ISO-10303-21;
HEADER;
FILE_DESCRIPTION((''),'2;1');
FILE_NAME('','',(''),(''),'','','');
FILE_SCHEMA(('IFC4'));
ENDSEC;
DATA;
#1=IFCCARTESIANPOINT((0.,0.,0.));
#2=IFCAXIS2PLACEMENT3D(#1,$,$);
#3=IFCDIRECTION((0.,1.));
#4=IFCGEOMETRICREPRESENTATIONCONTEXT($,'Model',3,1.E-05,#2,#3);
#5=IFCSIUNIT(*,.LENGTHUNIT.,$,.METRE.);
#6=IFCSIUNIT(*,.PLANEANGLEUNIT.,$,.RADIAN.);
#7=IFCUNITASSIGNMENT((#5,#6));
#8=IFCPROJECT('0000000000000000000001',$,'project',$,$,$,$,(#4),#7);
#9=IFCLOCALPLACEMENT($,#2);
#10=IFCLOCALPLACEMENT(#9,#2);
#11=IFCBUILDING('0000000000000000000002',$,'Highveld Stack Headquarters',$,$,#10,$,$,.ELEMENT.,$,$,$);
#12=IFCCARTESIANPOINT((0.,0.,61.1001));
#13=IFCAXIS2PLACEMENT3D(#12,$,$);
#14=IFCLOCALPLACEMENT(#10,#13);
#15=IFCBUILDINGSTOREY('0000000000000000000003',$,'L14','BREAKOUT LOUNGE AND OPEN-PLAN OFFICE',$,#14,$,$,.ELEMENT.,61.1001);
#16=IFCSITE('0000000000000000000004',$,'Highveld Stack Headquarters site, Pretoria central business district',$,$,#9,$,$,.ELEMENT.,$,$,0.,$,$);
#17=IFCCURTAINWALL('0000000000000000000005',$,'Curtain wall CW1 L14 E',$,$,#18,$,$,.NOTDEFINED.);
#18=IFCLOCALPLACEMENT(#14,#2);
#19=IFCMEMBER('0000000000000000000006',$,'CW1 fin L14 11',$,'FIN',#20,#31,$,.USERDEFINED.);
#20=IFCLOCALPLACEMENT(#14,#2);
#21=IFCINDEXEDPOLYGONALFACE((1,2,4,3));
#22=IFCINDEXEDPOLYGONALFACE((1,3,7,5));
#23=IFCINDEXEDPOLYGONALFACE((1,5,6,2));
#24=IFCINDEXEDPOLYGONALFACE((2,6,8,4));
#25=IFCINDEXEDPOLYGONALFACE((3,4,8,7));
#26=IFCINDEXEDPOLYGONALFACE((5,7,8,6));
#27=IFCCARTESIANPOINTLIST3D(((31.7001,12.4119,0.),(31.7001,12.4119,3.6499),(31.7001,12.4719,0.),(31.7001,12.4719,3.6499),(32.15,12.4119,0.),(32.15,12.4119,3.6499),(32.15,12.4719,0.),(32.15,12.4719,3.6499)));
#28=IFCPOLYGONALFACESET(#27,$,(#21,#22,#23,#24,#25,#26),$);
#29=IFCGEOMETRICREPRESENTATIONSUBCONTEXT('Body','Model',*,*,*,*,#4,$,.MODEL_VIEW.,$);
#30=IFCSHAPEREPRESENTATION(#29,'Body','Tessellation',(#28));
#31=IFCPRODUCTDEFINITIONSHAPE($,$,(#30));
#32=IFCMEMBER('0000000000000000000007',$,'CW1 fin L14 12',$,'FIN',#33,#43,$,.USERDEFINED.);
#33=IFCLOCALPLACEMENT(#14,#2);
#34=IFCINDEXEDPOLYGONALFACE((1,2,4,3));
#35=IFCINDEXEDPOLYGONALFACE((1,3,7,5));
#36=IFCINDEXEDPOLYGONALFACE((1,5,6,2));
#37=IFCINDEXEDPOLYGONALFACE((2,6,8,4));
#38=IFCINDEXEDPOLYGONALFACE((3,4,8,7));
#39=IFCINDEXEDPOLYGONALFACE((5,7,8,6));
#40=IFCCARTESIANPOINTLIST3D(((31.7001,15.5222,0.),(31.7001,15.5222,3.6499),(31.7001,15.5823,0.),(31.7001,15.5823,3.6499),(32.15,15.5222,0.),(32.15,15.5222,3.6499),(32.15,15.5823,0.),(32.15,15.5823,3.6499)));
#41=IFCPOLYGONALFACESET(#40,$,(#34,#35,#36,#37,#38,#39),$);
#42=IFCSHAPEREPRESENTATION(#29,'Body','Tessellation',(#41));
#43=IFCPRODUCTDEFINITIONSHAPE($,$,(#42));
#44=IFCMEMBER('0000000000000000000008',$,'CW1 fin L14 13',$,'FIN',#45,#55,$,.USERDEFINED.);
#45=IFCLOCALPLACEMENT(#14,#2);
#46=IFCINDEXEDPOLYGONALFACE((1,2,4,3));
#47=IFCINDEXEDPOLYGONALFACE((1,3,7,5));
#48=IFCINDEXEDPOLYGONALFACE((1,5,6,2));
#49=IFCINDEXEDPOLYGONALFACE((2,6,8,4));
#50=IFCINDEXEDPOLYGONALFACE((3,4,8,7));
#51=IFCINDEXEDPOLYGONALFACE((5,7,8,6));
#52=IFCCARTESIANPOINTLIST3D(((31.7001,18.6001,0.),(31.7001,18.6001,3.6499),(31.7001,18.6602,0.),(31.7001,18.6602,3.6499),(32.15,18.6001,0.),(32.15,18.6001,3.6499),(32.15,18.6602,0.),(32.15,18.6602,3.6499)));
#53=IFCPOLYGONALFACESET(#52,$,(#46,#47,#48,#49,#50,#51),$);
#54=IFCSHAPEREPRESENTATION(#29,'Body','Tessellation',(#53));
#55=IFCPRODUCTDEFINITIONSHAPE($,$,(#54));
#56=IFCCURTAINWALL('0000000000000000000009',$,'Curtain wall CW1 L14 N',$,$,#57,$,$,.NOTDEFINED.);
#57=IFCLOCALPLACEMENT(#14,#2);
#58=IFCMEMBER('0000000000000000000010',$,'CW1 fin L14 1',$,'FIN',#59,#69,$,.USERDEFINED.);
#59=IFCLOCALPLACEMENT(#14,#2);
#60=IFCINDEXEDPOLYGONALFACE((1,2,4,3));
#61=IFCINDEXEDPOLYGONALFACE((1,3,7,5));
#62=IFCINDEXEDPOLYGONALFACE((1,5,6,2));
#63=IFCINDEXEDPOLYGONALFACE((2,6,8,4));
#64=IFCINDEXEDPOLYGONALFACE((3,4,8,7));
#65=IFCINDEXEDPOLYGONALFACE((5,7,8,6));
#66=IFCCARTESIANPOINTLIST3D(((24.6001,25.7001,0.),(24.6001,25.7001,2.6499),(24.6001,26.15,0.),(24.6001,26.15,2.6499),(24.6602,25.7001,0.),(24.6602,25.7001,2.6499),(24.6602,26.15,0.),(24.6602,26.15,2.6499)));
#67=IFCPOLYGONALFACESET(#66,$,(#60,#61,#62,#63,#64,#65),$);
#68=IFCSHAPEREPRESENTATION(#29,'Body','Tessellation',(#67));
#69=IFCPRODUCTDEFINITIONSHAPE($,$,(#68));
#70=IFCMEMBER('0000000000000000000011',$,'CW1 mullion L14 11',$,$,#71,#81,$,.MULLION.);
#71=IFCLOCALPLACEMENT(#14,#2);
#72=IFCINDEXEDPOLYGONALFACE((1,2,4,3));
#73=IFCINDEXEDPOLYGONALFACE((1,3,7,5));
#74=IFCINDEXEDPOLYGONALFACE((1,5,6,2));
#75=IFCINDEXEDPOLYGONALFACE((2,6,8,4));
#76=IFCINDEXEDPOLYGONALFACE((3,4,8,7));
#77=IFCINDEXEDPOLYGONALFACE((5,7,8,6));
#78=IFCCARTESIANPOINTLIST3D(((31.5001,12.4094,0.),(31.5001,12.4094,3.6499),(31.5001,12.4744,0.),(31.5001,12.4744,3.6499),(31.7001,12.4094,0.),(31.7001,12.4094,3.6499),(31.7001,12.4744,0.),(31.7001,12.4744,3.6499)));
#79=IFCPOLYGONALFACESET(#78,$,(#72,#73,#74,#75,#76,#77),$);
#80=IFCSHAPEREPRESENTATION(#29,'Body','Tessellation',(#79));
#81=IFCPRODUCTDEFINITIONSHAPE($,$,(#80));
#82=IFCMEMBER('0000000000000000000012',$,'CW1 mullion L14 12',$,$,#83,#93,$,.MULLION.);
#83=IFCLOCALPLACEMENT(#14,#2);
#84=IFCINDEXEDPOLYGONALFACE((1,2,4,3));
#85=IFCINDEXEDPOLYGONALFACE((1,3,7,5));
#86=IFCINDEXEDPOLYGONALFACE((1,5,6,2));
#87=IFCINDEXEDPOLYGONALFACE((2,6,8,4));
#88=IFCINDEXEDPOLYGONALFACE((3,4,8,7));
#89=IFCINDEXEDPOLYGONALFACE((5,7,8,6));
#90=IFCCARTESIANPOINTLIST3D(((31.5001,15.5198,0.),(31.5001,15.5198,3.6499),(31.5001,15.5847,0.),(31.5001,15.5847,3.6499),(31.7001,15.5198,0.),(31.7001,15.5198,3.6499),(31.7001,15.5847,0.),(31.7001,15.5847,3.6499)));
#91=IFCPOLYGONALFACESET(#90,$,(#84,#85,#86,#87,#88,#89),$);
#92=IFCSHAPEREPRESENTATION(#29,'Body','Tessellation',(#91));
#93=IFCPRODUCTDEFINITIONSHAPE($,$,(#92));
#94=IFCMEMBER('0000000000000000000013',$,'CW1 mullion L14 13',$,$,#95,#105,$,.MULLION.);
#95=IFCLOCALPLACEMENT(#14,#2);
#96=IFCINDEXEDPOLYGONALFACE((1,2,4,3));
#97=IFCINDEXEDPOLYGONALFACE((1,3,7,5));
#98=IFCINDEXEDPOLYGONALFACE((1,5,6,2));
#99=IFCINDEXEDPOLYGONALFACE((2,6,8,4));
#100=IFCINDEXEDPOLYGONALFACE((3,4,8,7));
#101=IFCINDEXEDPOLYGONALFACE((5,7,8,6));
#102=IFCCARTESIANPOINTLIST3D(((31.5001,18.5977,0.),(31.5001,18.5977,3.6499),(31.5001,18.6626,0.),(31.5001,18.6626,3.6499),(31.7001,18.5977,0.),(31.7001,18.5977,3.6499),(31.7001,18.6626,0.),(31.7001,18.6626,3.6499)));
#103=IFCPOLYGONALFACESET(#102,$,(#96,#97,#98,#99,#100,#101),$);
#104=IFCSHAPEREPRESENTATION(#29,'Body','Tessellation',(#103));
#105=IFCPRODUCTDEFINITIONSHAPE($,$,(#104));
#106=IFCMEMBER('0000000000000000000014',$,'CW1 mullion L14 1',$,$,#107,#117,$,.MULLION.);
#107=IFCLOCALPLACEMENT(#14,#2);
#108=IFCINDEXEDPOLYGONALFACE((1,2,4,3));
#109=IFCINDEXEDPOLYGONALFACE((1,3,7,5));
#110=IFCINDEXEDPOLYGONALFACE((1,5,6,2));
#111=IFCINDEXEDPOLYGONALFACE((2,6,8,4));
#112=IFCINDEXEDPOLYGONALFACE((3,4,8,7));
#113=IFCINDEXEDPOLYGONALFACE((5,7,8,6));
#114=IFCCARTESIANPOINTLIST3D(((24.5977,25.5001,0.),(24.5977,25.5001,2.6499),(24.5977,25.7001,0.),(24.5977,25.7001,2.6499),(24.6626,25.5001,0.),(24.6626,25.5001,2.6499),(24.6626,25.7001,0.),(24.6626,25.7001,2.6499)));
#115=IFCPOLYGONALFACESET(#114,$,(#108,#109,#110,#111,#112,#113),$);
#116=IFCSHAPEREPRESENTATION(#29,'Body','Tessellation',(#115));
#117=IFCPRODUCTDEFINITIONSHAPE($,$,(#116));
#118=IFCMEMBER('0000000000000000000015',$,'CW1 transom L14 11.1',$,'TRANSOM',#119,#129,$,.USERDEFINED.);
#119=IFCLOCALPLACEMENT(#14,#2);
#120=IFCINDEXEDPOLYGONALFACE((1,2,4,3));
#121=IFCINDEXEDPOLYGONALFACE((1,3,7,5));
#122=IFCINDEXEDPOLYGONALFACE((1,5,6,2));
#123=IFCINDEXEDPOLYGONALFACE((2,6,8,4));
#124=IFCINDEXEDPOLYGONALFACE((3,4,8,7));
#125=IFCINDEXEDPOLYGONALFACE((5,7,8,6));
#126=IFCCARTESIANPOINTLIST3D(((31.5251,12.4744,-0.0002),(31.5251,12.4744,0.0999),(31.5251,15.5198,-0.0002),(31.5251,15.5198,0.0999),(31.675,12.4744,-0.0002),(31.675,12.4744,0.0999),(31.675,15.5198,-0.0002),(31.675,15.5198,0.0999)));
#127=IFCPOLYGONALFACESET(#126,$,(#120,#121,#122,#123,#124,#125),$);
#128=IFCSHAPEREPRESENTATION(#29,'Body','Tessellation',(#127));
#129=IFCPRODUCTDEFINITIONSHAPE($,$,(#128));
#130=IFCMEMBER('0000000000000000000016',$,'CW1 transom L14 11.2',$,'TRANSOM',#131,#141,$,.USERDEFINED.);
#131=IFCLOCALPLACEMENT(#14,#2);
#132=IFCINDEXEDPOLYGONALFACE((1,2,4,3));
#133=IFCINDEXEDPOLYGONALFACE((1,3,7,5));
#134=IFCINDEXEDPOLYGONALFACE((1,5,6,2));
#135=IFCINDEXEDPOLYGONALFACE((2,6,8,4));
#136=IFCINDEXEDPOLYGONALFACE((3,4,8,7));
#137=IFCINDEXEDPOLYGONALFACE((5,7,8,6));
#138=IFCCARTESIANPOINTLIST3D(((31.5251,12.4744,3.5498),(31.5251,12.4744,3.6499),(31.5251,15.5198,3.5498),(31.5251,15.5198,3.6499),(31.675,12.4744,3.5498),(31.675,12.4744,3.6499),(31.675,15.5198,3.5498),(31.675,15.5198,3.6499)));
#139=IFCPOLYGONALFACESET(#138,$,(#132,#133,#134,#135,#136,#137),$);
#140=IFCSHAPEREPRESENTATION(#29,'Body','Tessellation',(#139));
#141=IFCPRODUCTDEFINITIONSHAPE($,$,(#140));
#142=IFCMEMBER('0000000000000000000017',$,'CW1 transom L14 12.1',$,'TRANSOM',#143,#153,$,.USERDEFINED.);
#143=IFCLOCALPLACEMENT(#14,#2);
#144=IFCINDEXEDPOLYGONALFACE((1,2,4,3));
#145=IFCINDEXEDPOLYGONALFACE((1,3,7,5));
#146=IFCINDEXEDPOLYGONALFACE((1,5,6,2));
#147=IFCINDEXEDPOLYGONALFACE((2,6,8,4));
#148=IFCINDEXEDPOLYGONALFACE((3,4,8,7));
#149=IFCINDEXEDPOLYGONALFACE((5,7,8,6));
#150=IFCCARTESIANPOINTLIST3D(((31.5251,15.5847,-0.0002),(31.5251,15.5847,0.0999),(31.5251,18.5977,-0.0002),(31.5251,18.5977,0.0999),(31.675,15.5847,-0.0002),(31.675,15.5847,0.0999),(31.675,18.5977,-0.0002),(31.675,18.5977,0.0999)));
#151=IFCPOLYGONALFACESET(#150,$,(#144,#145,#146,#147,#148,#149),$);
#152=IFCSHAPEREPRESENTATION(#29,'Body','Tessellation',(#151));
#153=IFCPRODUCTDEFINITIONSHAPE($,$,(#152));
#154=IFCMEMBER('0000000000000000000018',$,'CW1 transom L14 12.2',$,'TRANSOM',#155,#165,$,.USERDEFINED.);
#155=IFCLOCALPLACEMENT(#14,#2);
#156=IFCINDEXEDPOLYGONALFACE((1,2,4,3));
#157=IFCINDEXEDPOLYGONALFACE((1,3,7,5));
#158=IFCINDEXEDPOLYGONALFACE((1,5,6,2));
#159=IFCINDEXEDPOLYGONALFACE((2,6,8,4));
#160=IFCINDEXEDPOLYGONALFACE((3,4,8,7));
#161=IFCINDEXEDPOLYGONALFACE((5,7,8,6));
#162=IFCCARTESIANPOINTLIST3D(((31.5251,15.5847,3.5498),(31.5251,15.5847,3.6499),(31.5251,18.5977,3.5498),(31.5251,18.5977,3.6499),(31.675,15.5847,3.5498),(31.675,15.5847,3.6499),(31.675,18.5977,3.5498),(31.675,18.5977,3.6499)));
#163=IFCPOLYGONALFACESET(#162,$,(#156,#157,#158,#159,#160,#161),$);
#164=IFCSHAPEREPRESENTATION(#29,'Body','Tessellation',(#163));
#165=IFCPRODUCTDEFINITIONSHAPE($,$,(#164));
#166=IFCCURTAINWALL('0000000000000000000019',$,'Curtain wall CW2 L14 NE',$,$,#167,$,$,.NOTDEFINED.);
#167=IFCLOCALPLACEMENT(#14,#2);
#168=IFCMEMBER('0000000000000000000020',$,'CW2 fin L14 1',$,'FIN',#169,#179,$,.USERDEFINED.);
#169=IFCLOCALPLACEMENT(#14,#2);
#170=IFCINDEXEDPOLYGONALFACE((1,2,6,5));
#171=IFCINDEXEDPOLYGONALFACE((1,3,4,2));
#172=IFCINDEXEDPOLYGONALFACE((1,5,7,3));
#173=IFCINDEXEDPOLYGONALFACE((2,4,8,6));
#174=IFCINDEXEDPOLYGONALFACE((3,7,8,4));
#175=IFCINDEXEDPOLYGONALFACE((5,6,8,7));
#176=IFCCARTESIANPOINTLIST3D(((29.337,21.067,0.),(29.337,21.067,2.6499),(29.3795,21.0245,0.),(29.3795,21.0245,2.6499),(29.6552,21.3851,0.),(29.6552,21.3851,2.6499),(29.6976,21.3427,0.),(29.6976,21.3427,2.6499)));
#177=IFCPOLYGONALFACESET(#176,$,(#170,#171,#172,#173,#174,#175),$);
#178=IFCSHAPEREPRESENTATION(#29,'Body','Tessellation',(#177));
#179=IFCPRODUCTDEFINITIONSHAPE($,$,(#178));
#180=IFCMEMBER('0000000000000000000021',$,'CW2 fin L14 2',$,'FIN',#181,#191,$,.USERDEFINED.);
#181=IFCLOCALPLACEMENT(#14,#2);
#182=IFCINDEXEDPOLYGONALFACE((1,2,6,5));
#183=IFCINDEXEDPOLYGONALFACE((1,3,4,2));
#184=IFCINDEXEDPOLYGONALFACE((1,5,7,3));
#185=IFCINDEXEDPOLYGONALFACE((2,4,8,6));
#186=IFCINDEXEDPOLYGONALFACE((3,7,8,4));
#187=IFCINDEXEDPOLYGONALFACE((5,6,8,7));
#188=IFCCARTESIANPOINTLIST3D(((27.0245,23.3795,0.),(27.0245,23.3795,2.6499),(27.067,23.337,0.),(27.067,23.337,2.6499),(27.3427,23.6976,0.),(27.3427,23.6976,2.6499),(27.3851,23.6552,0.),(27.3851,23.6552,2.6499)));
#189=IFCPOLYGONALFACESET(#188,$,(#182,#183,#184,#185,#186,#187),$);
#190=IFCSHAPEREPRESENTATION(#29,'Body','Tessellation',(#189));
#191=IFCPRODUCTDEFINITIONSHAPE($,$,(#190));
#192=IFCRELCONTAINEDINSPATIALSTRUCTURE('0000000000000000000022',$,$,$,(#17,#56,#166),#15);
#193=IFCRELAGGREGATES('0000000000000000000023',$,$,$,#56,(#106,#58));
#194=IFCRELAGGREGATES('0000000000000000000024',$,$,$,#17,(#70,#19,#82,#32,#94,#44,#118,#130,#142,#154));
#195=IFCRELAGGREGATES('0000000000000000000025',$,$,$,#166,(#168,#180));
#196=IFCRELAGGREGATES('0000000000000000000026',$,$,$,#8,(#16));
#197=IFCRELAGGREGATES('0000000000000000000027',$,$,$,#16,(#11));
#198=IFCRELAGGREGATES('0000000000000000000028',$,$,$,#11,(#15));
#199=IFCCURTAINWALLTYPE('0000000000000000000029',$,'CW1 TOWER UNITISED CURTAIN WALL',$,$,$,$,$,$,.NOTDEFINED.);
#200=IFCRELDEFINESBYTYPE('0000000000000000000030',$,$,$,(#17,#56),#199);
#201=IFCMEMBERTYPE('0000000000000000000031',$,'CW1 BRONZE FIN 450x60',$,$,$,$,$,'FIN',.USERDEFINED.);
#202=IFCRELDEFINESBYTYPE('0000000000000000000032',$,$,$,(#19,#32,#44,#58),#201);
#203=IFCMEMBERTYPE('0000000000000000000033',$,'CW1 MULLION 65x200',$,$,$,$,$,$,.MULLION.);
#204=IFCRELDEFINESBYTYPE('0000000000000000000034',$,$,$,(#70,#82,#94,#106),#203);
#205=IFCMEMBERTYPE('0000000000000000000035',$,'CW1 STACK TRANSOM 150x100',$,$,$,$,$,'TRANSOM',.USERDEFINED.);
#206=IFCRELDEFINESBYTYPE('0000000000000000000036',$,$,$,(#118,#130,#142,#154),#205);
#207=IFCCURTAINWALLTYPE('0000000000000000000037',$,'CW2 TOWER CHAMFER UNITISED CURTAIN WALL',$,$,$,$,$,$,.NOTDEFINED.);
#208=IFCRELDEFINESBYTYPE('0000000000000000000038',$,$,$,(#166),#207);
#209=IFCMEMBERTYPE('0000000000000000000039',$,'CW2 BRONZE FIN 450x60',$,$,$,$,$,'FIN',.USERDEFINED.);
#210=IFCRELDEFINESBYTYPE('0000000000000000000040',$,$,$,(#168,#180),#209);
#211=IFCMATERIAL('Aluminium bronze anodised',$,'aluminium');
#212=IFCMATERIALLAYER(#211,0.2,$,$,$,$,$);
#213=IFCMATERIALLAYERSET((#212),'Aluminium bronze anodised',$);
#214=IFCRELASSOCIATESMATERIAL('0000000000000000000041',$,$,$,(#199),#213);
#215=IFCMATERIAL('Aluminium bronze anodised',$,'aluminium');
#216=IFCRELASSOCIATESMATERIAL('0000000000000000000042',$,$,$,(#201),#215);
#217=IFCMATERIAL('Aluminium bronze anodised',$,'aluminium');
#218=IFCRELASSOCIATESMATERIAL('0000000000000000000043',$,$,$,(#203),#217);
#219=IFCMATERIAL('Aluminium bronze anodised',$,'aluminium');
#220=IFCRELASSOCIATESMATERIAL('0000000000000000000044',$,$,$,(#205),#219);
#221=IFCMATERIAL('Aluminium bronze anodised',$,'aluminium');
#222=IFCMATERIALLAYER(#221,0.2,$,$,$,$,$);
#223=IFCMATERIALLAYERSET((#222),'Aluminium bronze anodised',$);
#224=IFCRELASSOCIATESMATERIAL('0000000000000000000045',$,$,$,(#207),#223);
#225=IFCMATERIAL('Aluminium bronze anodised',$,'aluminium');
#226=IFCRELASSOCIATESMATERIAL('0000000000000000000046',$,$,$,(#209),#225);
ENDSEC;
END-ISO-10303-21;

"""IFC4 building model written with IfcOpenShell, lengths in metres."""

from ifc_helpers import new_model, si_unit, direction, frame, origin, origin_2d, place, context, subcontext, project, spatial, rectangle, extrude, material, layer, layer_set, material_profile, profile_set, type_object, element, aggregate, save


model = new_model("IFC4")

# Units and contexts
model_context = context("Model", 3, precision=1e-05, world=origin(), true_north=direction((0.0, 1.0)))
body_context = subcontext(model_context, "Body", "Model", "MODEL_VIEW")
ifc_project = project(units=[si_unit("LENGTHUNIT", "METRE"), si_unit("PLANEANGLEUNIT", "RADIAN")], contexts=[model_context])

# Site, building, storey
site_placement = place(None, origin())
site = spatial("IfcSite", under=ifc_project, at=site_placement, Name="Highveld Stack Headquarters site, Pretoria central business district", CompositionType="ELEMENT", RefElevation=0.0)
building_placement = place(site_placement, origin())
building = spatial("IfcBuilding", under=site, at=building_placement, Name="Highveld Stack Headquarters", CompositionType="ELEMENT")
storey_placement = place(building_placement, frame((0.0, 0.0, 61.1001)))
storey = spatial("IfcBuildingStorey", under=building, at=storey_placement, Name="L14", Description="BREAKOUT LOUNGE AND OPEN-PLAN OFFICE", CompositionType="ELEMENT", Elevation=61.1001)

# Curtain wall, members
ifc_material_1 = material(Name="Aluminium bronze anodised", Category="aluminium")
ifc_layer_1 = layer(ifc_material_1, 0.2)
ifc_layer_set_1 = layer_set([ifc_layer_1], Name="Aluminium bronze anodised")
curtain_wall_type_1 = type_object("IfcCurtainWallType", Name="CW1 TOWER UNITISED CURTAIN WALL", PredefinedType="NOTDEFINED", material=ifc_layer_set_1)
curtain_wall_1_placement = place(storey_placement, origin())
curtain_wall_1 = element("IfcCurtainWall", 1, at=curtain_wall_1_placement, inside=storey, type_object=curtain_wall_type_1, Name="Curtain wall CW1 L14 E", PredefinedType="NOTDEFINED")
ifc_material_2 = material(Name="Aluminium bronze anodised", Category="aluminium")
ifc_material_profile_1 = material_profile(ifc_material_2, rectangle(XDim=0.45, YDim=0.0601, at=origin_2d()), Name="FIN 450x60")
ifc_profile_set_1 = profile_set([ifc_material_profile_1], Name="Aluminium bronze anodised")
member_type_1 = type_object("IfcMemberType", Name="CW1 BRONZE FIN 450x60", ElementType="FIN", PredefinedType="USERDEFINED", material=ifc_profile_set_1)
member_1_placement = place(storey_placement, frame((31.925, 12.4419, 0.0), z_axis=(0.0, 0.0, 1.0), x_axis=(-1.0, 0.0, 0.0)))
member_1 = element("IfcMember", 2, at=member_1_placement, type_object=member_type_1, Name="CW1 fin L14 11", ObjectType="FIN", PredefinedType="USERDEFINED", context=body_context, shape_type="SweptSolid", body=[
    extrude(rectangle(XDim=0.45, YDim=0.0601, at=origin_2d()), origin(), (0.0, 0.0, 1.0), 3.6499),
])
member_2_placement = place(storey_placement, frame((31.925, 15.5522, 0.0), z_axis=(0.0, 0.0, 1.0), x_axis=(-1.0, 0.0, 0.0)))
member_2 = element("IfcMember", 3, at=member_2_placement, type_object=member_type_1, Name="CW1 fin L14 12", ObjectType="FIN", PredefinedType="USERDEFINED", context=body_context, shape_type="SweptSolid", body=[
    extrude(rectangle(XDim=0.45, YDim=0.0601, at=origin_2d()), origin(), (0.0, 0.0, 1.0), 3.6499),
])
member_3_placement = place(storey_placement, frame((31.925, 18.6301, 0.0), z_axis=(0.0, 0.0, 1.0), x_axis=(-1.0, 0.0, 0.0)))
member_3 = element("IfcMember", 4, at=member_3_placement, type_object=member_type_1, Name="CW1 fin L14 13", ObjectType="FIN", PredefinedType="USERDEFINED", context=body_context, shape_type="SweptSolid", body=[
    extrude(rectangle(XDim=0.45, YDim=0.0601, at=origin_2d()), origin(), (0.0, 0.0, 1.0), 3.6499),
])

# Curtain wall, member
curtain_wall_2_placement = place(storey_placement, origin())
curtain_wall_2 = element("IfcCurtainWall", 5, at=curtain_wall_2_placement, inside=storey, type_object=curtain_wall_type_1, Name="Curtain wall CW1 L14 N", PredefinedType="NOTDEFINED")
member_4_placement = place(storey_placement, frame((24.6301, 25.925, 0.0), z_axis=(0.0, 0.0, 1.0), x_axis=(0.0, -1.0, 0.0)))
member_4 = element("IfcMember", 6, at=member_4_placement, type_object=member_type_1, Name="CW1 fin L14 1", ObjectType="FIN", PredefinedType="USERDEFINED", context=body_context, shape_type="SweptSolid", body=[
    extrude(rectangle(XDim=0.45, YDim=0.0601, at=origin_2d()), origin(), (0.0, 0.0, 1.0), 2.6499),
])

# Members
ifc_material_3 = material(Name="Aluminium bronze anodised", Category="aluminium")
ifc_material_profile_2 = material_profile(ifc_material_3, rectangle(XDim=0.2, YDim=0.0649, at=origin_2d()), Name="CW1 MULLION 65x200")
ifc_profile_set_2 = profile_set([ifc_material_profile_2], Name="Aluminium bronze anodised")
member_type_2 = type_object("IfcMemberType", Name="CW1 MULLION 65x200", PredefinedType="MULLION", material=ifc_profile_set_2)
member_5_placement = place(storey_placement, frame((31.6001, 12.4419, 0.0), z_axis=(0.0, 0.0, 1.0), x_axis=(-1.0, 0.0, 0.0)))
member_5 = element("IfcMember", 7, at=member_5_placement, type_object=member_type_2, Name="CW1 mullion L14 11", PredefinedType="MULLION", context=body_context, shape_type="SweptSolid", body=[
    extrude(rectangle(XDim=0.2, YDim=0.0649, at=origin_2d()), origin(), (0.0, 0.0, 1.0), 3.6499),
])
member_6_placement = place(storey_placement, frame((31.6001, 15.5522, 0.0), z_axis=(0.0, 0.0, 1.0), x_axis=(-1.0, 0.0, 0.0)))
member_6 = element("IfcMember", 8, at=member_6_placement, type_object=member_type_2, Name="CW1 mullion L14 12", PredefinedType="MULLION", context=body_context, shape_type="SweptSolid", body=[
    extrude(rectangle(XDim=0.2, YDim=0.0649, at=origin_2d()), origin(), (0.0, 0.0, 1.0), 3.6499),
])
member_7_placement = place(storey_placement, frame((31.6001, 18.6301, 0.0), z_axis=(0.0, 0.0, 1.0), x_axis=(-1.0, 0.0, 0.0)))
member_7 = element("IfcMember", 9, at=member_7_placement, type_object=member_type_2, Name="CW1 mullion L14 13", PredefinedType="MULLION", context=body_context, shape_type="SweptSolid", body=[
    extrude(rectangle(XDim=0.2, YDim=0.0649, at=origin_2d()), origin(), (0.0, 0.0, 1.0), 3.6499),
])
member_8_placement = place(storey_placement, frame((24.6301, 25.6001, 0.0), z_axis=(0.0, 0.0, 1.0), x_axis=(0.0, -1.0, 0.0)))
member_8 = element("IfcMember", 10, at=member_8_placement, type_object=member_type_2, Name="CW1 mullion L14 1", PredefinedType="MULLION", context=body_context, shape_type="SweptSolid", body=[
    extrude(rectangle(XDim=0.2, YDim=0.0649, at=origin_2d()), origin(), (0.0, 0.0, 1.0), 2.6499),
])
aggregate(curtain_wall_2, [member_8, member_4])
ifc_material_4 = material(Name="Aluminium bronze anodised", Category="aluminium")
ifc_material_profile_3 = material_profile(ifc_material_4, rectangle(XDim=0.1499, YDim=0.1001, at=origin_2d()), Name="CW1 TRANSOM 150x100")
ifc_profile_set_3 = profile_set([ifc_material_profile_3], Name="Aluminium bronze anodised")
member_type_3 = type_object("IfcMemberType", Name="CW1 STACK TRANSOM 150x100", ElementType="TRANSOM", PredefinedType="USERDEFINED", material=ifc_profile_set_3)
member_9_placement = place(storey_placement, frame((31.6001, 12.4744, 0.0498), z_axis=(0.0, 1.0, 0.0), x_axis=(-1.0, 0.0, 0.0)))
member_9 = element("IfcMember", 11, at=member_9_placement, type_object=member_type_3, Name="CW1 transom L14 11.1", ObjectType="TRANSOM", PredefinedType="USERDEFINED", context=body_context, shape_type="SweptSolid", body=[
    extrude(rectangle(XDim=0.1499, YDim=0.1001, at=origin_2d()), origin(), (0.0, 0.0, 1.0), 3.0454),
])
member_10_placement = place(storey_placement, frame((31.6001, 12.4744, 3.5999), z_axis=(0.0, 1.0, 0.0), x_axis=(-1.0, 0.0, 0.0)))
member_10 = element("IfcMember", 12, at=member_10_placement, type_object=member_type_3, Name="CW1 transom L14 11.2", ObjectType="TRANSOM", PredefinedType="USERDEFINED", context=body_context, shape_type="SweptSolid", body=[
    extrude(rectangle(XDim=0.1499, YDim=0.1001, at=origin_2d()), origin(), (0.0, 0.0, 1.0), 3.0454),
])
member_11_placement = place(storey_placement, frame((31.6001, 15.5847, 0.0498), z_axis=(0.0, 1.0, 0.0), x_axis=(-1.0, 0.0, 0.0)))
member_11 = element("IfcMember", 13, at=member_11_placement, type_object=member_type_3, Name="CW1 transom L14 12.1", ObjectType="TRANSOM", PredefinedType="USERDEFINED", context=body_context, shape_type="SweptSolid", body=[
    extrude(rectangle(XDim=0.1499, YDim=0.1001, at=origin_2d()), origin(), (0.0, 0.0, 1.0), 3.0129),
])
member_12_placement = place(storey_placement, frame((31.6001, 15.5847, 3.5999), z_axis=(0.0, 1.0, 0.0), x_axis=(-1.0, 0.0, 0.0)))
member_12 = element("IfcMember", 14, at=member_12_placement, type_object=member_type_3, Name="CW1 transom L14 12.2", ObjectType="TRANSOM", PredefinedType="USERDEFINED", context=body_context, shape_type="SweptSolid", body=[
    extrude(rectangle(XDim=0.1499, YDim=0.1001, at=origin_2d()), origin(), (0.0, 0.0, 1.0), 3.0129),
])

# Curtain wall, members
ifc_material_5 = material(Name="Aluminium bronze anodised", Category="aluminium")
ifc_layer_2 = layer(ifc_material_5, 0.2)
ifc_layer_set_2 = layer_set([ifc_layer_2], Name="Aluminium bronze anodised")
curtain_wall_type_2 = type_object("IfcCurtainWallType", Name="CW2 TOWER CHAMFER UNITISED CURTAIN WALL", PredefinedType="NOTDEFINED", material=ifc_layer_set_2)
curtain_wall_3_placement = place(storey_placement, origin())
curtain_wall_3 = element("IfcCurtainWall", 15, at=curtain_wall_3_placement, inside=storey, type_object=curtain_wall_type_2, Name="Curtain wall CW2 L14 NE", PredefinedType="NOTDEFINED")
ifc_material_6 = material(Name="Aluminium bronze anodised", Category="aluminium")
ifc_material_profile_4 = material_profile(ifc_material_6, rectangle(XDim=0.45, YDim=0.0601, at=origin_2d()), Name="FIN 450x60")
ifc_profile_set_4 = profile_set([ifc_material_profile_4], Name="Aluminium bronze anodised")
member_type_4 = type_object("IfcMemberType", Name="CW2 BRONZE FIN 450x60", ElementType="FIN", PredefinedType="USERDEFINED", material=ifc_profile_set_4)
member_13_placement = place(storey_placement, frame((29.5173, 21.2048, 0.0), z_axis=(0.0, 0.0, 1.0), x_axis=(-0.707107, -0.707107, 0.0)))
member_13 = element("IfcMember", 16, at=member_13_placement, type_object=member_type_4, Name="CW2 fin L14 1", ObjectType="FIN", PredefinedType="USERDEFINED", context=body_context, shape_type="SweptSolid", body=[
    extrude(rectangle(XDim=0.45, YDim=0.0601, at=origin_2d()), origin(), (0.0, 0.0, 1.0), 2.6499),
])
member_14_placement = place(storey_placement, frame((27.2048, 23.5173, 0.0), z_axis=(0.0, 0.0, 1.0), x_axis=(-0.707107, -0.707107, 0.0)))
member_14 = element("IfcMember", 17, at=member_14_placement, type_object=member_type_4, Name="CW2 fin L14 2", ObjectType="FIN", PredefinedType="USERDEFINED", context=body_context, shape_type="SweptSolid", body=[
    extrude(rectangle(XDim=0.45, YDim=0.0601, at=origin_2d()), origin(), (0.0, 0.0, 1.0), 2.6499),
])

aggregate(curtain_wall_1, [member_5, member_1, member_6, member_2, member_7, member_3, member_9, member_10, member_11, member_12])
aggregate(curtain_wall_3, [member_13, member_14])

save(model, "model.ifc")
